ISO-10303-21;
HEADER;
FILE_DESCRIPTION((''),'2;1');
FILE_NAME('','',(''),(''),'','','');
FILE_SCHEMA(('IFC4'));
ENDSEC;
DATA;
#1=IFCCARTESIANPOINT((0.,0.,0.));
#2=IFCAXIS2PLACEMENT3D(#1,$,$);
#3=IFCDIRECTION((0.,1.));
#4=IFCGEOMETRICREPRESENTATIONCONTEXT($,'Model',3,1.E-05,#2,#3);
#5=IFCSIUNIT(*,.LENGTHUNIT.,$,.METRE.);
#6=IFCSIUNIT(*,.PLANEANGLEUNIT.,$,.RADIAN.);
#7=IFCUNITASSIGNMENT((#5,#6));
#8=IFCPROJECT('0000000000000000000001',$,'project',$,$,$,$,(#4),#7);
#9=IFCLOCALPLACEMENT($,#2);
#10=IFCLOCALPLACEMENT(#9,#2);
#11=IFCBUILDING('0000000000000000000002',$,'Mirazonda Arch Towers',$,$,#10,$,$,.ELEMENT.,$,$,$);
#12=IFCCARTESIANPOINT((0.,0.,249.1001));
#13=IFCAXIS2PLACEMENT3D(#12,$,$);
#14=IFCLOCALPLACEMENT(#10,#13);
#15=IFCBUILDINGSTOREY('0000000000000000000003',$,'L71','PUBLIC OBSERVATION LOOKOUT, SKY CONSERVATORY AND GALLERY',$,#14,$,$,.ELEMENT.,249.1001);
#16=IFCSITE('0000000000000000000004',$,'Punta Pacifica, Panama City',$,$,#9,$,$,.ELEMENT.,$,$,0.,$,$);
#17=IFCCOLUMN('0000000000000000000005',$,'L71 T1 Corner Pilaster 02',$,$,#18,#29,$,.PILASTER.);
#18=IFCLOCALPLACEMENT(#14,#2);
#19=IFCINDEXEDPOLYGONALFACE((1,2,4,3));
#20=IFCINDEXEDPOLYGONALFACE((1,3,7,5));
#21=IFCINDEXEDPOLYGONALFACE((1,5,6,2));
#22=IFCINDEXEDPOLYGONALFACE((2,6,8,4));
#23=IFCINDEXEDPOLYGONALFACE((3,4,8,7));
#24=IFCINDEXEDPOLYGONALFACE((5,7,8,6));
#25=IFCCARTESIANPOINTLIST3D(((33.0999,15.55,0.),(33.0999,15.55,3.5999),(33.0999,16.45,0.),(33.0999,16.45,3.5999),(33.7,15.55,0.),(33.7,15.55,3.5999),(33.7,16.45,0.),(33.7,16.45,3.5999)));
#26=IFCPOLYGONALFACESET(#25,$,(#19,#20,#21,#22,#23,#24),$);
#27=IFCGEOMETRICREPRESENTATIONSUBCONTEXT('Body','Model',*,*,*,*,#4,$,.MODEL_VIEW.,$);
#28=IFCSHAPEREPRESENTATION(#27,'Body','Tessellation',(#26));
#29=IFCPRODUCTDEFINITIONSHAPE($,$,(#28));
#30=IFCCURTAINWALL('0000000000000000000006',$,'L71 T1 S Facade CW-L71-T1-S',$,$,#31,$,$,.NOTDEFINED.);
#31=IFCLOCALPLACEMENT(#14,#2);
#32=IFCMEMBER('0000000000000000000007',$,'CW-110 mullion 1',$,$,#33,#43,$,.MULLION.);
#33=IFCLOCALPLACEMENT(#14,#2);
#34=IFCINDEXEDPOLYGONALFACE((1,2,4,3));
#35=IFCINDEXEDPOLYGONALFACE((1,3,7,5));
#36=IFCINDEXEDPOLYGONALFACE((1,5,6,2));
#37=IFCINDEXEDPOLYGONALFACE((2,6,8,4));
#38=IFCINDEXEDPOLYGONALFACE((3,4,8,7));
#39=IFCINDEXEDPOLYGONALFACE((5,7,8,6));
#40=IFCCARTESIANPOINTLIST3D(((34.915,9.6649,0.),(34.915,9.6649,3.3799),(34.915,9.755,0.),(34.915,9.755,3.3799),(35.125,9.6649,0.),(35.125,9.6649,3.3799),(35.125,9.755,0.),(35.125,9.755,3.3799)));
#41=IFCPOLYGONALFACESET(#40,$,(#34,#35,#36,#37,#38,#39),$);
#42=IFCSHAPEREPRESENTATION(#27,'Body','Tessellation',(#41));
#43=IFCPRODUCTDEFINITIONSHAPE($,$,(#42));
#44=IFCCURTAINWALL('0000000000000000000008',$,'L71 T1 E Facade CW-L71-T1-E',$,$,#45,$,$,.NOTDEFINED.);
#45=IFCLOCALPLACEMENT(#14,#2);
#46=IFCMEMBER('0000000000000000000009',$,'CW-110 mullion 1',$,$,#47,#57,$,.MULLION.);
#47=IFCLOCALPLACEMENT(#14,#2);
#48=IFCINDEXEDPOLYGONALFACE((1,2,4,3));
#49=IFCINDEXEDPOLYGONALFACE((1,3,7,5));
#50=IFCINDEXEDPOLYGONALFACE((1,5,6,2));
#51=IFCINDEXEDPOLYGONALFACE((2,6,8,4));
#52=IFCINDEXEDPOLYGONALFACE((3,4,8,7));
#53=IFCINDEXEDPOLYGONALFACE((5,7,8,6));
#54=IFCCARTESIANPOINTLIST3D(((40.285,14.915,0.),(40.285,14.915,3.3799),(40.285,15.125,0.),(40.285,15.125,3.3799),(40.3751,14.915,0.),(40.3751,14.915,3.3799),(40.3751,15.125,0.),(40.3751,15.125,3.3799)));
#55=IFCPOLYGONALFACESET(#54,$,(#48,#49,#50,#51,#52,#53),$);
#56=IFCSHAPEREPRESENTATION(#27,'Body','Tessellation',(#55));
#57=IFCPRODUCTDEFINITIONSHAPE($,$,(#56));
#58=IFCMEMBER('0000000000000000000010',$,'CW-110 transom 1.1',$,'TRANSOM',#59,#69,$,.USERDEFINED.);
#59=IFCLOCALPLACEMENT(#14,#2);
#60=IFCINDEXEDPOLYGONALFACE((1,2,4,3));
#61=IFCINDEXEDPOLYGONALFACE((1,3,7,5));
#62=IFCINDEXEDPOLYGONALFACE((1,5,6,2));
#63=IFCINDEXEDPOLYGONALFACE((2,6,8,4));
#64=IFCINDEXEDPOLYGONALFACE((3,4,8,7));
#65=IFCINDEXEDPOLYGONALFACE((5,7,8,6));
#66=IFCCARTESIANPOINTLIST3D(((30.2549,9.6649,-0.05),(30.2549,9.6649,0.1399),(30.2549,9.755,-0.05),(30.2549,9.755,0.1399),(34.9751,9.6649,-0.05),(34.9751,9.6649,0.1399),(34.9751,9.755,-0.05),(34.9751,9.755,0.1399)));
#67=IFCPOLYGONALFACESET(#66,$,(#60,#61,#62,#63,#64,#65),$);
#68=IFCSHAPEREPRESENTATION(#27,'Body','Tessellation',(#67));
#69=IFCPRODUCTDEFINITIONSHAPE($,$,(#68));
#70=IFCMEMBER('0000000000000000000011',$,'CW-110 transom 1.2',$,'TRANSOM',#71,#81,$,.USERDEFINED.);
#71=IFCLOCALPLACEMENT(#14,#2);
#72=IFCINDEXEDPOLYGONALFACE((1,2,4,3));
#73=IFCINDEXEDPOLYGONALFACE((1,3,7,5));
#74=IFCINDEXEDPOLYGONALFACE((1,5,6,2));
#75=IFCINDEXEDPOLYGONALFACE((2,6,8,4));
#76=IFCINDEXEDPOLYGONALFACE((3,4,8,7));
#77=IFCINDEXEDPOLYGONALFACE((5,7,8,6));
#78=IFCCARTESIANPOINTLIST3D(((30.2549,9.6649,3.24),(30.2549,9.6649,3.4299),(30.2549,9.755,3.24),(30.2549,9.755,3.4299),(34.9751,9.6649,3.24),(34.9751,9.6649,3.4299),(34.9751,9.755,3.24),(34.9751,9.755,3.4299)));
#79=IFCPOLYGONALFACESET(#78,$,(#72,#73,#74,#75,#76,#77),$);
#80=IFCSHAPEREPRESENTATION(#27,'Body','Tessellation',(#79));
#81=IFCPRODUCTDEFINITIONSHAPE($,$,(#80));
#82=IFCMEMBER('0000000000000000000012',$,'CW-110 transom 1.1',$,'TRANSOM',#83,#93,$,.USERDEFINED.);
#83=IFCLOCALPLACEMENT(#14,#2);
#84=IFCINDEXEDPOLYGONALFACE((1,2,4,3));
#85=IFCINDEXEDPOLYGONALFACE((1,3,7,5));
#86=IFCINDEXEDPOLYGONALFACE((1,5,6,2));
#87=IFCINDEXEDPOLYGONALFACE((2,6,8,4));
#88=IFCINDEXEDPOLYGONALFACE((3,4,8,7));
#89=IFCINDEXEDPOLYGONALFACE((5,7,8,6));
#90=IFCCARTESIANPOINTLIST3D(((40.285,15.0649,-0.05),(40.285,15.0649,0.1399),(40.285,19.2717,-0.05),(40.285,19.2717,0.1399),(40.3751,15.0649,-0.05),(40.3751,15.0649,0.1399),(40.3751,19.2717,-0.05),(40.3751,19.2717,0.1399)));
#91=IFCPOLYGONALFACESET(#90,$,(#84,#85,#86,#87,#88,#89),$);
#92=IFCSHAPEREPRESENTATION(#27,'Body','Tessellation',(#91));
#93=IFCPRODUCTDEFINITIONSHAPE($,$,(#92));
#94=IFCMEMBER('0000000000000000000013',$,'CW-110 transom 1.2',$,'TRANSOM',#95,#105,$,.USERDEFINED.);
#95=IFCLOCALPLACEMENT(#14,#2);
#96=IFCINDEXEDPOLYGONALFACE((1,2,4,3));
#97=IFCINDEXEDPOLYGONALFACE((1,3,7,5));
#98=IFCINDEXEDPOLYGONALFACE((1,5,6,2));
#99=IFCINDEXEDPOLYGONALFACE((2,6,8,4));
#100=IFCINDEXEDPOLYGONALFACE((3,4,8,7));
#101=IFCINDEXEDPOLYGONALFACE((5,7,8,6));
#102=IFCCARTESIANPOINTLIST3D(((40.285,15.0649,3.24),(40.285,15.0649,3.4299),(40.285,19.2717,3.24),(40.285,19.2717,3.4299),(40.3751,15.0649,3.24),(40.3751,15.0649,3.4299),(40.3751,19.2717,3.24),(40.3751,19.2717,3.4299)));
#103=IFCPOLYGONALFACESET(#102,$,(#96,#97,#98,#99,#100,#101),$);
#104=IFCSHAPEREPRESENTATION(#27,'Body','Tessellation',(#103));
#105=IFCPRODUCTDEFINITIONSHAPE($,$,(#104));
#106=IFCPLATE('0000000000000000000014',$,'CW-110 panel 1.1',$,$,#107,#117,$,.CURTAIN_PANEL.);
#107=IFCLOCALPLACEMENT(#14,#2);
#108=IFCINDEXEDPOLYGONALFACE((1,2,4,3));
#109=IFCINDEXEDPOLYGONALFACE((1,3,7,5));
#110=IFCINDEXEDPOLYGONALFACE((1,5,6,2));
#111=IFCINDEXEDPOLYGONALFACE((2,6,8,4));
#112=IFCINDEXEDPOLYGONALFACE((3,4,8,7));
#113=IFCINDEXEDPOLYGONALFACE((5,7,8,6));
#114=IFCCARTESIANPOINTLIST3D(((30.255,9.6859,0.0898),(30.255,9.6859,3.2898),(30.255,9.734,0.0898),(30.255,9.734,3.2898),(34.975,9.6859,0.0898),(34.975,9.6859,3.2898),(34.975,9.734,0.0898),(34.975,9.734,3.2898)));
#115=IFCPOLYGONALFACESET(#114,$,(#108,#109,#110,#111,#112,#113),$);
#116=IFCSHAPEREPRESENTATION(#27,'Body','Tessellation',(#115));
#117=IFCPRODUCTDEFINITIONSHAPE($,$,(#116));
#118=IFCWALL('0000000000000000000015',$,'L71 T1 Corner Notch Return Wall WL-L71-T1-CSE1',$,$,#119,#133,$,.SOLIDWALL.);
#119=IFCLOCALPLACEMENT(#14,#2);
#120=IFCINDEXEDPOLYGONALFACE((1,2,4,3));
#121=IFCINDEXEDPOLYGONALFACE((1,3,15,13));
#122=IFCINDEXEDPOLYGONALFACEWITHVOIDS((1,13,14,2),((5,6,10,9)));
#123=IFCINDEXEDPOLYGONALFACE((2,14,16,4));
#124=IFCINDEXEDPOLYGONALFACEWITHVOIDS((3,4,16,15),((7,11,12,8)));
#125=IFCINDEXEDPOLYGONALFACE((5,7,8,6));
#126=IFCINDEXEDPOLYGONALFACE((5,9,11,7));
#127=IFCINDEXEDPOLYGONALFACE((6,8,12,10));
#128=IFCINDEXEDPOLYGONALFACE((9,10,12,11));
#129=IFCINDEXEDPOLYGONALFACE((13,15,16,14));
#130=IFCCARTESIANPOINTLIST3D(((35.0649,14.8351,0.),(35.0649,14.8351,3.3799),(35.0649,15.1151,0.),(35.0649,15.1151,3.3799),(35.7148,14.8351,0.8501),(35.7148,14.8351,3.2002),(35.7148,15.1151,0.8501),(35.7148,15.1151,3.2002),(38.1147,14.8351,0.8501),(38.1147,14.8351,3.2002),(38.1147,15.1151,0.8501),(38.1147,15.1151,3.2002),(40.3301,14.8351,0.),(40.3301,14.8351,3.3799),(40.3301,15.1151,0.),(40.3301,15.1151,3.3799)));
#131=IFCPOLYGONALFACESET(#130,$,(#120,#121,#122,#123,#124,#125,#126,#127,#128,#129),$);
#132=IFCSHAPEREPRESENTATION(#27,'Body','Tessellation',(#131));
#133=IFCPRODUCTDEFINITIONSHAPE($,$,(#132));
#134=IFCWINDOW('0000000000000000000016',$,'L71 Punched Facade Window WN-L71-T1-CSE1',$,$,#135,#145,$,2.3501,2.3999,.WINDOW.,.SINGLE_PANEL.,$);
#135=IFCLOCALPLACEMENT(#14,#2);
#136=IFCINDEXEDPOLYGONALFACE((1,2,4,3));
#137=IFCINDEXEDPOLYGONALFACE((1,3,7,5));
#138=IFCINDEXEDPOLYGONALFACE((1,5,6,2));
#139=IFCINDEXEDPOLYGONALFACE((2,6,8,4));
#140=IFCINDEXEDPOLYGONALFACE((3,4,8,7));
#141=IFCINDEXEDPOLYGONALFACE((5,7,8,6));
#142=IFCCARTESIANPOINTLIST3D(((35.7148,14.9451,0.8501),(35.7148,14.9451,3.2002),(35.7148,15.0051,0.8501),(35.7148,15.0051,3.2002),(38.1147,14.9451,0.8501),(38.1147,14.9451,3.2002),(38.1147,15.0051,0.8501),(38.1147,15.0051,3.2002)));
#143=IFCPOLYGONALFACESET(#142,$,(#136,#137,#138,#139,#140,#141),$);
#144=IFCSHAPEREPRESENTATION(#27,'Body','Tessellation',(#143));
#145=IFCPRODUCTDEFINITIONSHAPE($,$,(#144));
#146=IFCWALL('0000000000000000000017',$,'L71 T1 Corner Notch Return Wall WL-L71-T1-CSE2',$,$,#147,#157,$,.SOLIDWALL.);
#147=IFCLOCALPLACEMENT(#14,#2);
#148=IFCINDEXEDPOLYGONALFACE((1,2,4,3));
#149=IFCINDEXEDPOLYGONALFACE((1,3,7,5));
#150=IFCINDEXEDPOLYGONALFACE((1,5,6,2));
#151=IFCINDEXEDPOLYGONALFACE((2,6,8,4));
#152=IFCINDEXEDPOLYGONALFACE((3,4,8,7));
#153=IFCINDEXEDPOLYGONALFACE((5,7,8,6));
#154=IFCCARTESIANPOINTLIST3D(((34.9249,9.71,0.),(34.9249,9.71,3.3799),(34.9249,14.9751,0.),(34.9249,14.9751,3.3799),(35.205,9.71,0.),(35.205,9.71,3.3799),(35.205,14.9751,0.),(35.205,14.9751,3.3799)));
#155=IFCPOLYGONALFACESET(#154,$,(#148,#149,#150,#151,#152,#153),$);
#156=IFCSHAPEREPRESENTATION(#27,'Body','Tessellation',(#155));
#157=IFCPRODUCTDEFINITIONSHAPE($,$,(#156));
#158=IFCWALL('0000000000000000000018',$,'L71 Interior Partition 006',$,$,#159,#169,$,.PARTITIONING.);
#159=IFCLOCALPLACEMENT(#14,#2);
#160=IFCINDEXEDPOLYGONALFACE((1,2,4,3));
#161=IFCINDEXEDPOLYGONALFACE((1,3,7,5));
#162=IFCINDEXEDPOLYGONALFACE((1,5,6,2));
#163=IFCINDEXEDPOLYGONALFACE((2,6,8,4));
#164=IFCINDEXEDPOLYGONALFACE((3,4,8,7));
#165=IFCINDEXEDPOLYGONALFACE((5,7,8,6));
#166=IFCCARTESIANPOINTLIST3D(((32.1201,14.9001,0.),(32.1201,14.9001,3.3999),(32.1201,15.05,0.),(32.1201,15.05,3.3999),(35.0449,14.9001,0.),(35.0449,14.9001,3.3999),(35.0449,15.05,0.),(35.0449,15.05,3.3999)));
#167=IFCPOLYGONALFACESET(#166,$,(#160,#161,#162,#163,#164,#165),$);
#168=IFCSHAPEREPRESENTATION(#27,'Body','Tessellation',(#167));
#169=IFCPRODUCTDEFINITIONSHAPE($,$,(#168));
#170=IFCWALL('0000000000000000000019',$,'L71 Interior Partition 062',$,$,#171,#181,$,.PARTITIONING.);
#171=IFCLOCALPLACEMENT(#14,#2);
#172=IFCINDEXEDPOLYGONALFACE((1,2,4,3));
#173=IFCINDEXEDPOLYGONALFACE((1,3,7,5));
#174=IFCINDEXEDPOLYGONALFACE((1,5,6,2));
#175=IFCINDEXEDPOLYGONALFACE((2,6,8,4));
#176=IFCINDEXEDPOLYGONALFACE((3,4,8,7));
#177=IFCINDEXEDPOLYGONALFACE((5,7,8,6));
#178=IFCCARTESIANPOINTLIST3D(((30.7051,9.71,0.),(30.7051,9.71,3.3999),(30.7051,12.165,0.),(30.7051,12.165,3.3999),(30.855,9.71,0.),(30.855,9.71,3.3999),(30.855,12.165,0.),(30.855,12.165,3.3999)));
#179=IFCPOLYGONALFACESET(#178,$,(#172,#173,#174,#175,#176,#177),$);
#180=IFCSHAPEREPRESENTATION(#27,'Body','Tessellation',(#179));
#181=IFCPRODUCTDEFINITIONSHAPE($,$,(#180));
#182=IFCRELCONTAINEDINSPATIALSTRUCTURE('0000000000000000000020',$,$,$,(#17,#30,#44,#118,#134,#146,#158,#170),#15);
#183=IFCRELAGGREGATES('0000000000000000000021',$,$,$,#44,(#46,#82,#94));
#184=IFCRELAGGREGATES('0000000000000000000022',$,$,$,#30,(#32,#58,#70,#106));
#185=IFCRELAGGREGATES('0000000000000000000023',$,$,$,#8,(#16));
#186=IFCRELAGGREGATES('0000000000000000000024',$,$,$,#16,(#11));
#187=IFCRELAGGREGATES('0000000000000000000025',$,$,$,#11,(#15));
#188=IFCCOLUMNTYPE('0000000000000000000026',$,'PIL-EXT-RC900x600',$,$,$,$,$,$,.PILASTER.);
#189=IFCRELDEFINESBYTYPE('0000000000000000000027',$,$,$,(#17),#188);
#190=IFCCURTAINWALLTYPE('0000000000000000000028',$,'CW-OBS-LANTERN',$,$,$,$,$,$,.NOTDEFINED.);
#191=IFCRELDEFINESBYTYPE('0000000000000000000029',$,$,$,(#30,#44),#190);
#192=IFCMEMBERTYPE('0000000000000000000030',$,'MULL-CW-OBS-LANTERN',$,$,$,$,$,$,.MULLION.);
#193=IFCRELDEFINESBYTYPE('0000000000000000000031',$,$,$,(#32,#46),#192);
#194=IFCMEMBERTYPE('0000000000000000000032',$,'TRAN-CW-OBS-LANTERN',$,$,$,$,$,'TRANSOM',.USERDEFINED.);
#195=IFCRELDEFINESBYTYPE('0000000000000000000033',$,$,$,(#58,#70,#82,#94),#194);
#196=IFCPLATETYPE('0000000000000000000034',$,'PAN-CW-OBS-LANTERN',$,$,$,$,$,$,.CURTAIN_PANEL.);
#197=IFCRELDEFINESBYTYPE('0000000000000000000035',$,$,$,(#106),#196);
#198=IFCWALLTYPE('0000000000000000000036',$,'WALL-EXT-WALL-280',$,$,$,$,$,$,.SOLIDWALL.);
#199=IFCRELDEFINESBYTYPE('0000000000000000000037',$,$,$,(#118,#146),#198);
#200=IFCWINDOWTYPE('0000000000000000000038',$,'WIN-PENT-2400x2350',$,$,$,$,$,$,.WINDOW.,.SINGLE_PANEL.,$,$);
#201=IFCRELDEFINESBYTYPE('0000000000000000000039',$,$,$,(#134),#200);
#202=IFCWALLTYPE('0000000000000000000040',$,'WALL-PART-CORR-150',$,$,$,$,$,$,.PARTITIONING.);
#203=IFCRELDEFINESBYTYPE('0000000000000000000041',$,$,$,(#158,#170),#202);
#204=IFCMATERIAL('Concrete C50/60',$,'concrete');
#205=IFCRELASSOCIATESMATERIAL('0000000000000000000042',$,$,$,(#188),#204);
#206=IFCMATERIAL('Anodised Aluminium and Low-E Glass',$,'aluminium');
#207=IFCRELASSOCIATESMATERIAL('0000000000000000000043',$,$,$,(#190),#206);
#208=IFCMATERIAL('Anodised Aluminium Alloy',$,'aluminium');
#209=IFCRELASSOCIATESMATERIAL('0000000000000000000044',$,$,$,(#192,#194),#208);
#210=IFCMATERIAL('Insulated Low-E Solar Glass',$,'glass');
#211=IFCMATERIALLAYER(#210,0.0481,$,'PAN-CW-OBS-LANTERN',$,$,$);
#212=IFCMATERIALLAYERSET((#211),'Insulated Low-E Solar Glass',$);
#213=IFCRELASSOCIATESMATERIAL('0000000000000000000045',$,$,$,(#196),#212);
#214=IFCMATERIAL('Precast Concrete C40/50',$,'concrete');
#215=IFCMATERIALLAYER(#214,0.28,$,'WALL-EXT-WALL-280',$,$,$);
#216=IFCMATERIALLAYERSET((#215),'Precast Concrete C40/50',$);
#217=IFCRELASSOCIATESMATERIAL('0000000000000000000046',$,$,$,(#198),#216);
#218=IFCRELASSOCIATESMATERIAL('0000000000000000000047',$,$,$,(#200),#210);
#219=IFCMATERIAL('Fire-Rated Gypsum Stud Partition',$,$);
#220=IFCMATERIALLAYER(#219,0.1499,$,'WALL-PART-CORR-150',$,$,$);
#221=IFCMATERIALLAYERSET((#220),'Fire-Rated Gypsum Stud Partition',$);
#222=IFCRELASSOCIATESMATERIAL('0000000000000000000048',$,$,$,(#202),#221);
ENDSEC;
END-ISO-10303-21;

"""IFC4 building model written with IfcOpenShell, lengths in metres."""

from ifc_helpers import new_model, si_unit, direction, frame, frame_2d, origin, origin_2d, place, context, subcontext, project, spatial, rectangle, extrude, material, layer, layer_set, material_profile, profile_set, type_object, element, fill, aggregate, save


model = new_model("IFC4")

# Units and contexts
model_context = context("Model", 3, precision=1e-05, world=origin(), true_north=direction((0.0, 1.0)))
body_context = subcontext(model_context, "Body", "Model", "MODEL_VIEW")
ifc_project = project(units=[si_unit("LENGTHUNIT", "METRE"), si_unit("PLANEANGLEUNIT", "RADIAN")], contexts=[model_context])

# Site, building, storey
site_placement = place(None, origin())
site = spatial("IfcSite", under=ifc_project, at=site_placement, Name="Punta Pacifica, Panama City", CompositionType="ELEMENT", RefElevation=0.0)
building_placement = place(site_placement, origin())
building = spatial("IfcBuilding", under=site, at=building_placement, Name="Mirazonda Arch Towers", CompositionType="ELEMENT")
storey_placement = place(building_placement, frame((0.0, 0.0, 249.1001)))
storey = spatial("IfcBuildingStorey", under=building, at=storey_placement, Name="L71", Description="PUBLIC OBSERVATION LOOKOUT, SKY CONSERVATORY AND GALLERY", CompositionType="ELEMENT", Elevation=249.1001)

# Column
ifc_material_1 = material(Name="Concrete C50/60", Category="concrete")
ifc_material_profile_1 = material_profile(ifc_material_1, rectangle(XDim=0.6001, YDim=0.8999, at=origin_2d()), Name="RC900x600")
ifc_profile_set_1 = profile_set([ifc_material_profile_1], Name="Concrete C50/60")
column_type = type_object("IfcColumnType", Name="PIL-EXT-RC900x600", PredefinedType="PILASTER", material=ifc_profile_set_1)
column_placement = place(storey_placement, frame((33.3999, 16.0, 0.0), z_axis=(0.0, 0.0, 1.0), x_axis=(1.0, 0.0, 0.0)))
element("IfcColumn", 1, at=column_placement, inside=storey, type_object=column_type, Name="L71 T1 Corner Pilaster 02", PredefinedType="PILASTER", context=body_context, shape_type="SweptSolid", body=[
    extrude(rectangle(XDim=0.6001, YDim=0.8999, at=origin_2d()), origin(), (0.0, 0.0, 1.0), 3.5999),
])

# Curtain walls, members
ifc_material_2 = material(Name="Anodised Aluminium and Low-E Glass", Category="aluminium")
curtain_wall_type = type_object("IfcCurtainWallType", Name="CW-OBS-LANTERN", PredefinedType="NOTDEFINED", material=ifc_material_2)
curtain_wall_1_placement = place(storey_placement, origin())
curtain_wall_1 = element("IfcCurtainWall", 2, at=curtain_wall_1_placement, inside=storey, type_object=curtain_wall_type, Name="L71 T1 S Facade CW-L71-T1-S", PredefinedType="NOTDEFINED")
ifc_material_3 = material(Name="Anodised Aluminium Alloy", Category="aluminium")
ifc_material_profile_2 = material_profile(ifc_material_3, rectangle(XDim=0.0901, YDim=0.21, at=origin_2d()), Name="ALU-MULL-90x210")
ifc_profile_set_2 = profile_set([ifc_material_profile_2], Name="Anodised Aluminium Alloy")
member_type_1 = type_object("IfcMemberType", Name="MULL-CW-OBS-LANTERN", PredefinedType="MULLION", material=ifc_profile_set_2)
member_1_placement = place(storey_placement, frame((35.02, 9.71, 0.0), z_axis=(0.0, 0.0, 1.0), x_axis=(0.0, -1.0, 0.0)))
member_1 = element("IfcMember", 3, at=member_1_placement, type_object=member_type_1, Name="CW-110 mullion 1", PredefinedType="MULLION", context=body_context, shape_type="SweptSolid", body=[
    extrude(rectangle(XDim=0.0901, YDim=0.21, at=origin_2d()), origin(), (0.0, 0.0, 1.0), 3.3799),
])
curtain_wall_2_placement = place(storey_placement, origin())
curtain_wall_2 = element("IfcCurtainWall", 4, at=curtain_wall_2_placement, inside=storey, type_object=curtain_wall_type, Name="L71 T1 E Facade CW-L71-T1-E", PredefinedType="NOTDEFINED")
member_2_placement = place(storey_placement, frame((40.3301, 15.02, 0.0), z_axis=(0.0, 0.0, 1.0), x_axis=(-1.0, 0.0, 0.0)))
member_2 = element("IfcMember", 5, at=member_2_placement, type_object=member_type_1, Name="CW-110 mullion 1", PredefinedType="MULLION", context=body_context, shape_type="SweptSolid", body=[
    extrude(rectangle(XDim=0.0901, YDim=0.21, at=origin_2d()), origin(), (0.0, 0.0, 1.0), 3.3799),
])

# Members
ifc_material_profile_3 = material_profile(ifc_material_3, rectangle(XDim=0.0901, YDim=0.1899, at=origin_2d()), Name="ALU-TRAN-90x190")
ifc_profile_set_3 = profile_set([ifc_material_profile_3], Name="Anodised Aluminium Alloy")
member_type_2 = type_object("IfcMemberType", Name="TRAN-CW-OBS-LANTERN", ElementType="TRANSOM", PredefinedType="USERDEFINED", material=ifc_profile_set_3)
member_3_placement = place(storey_placement, frame((34.9751, 9.71, 0.0449), z_axis=(-1.0, 0.0, 0.0), x_axis=(0.0, -1.0, 0.0)))
member_3 = element("IfcMember", 6, at=member_3_placement, type_object=member_type_2, Name="CW-110 transom 1.1", ObjectType="TRANSOM", PredefinedType="USERDEFINED", context=body_context, shape_type="SweptSolid", body=[
    extrude(rectangle(XDim=0.0901, YDim=0.1899, at=origin_2d()), origin(), (0.0, 0.0, 1.0), 4.7202),
])
member_4_placement = place(storey_placement, frame((34.9751, 9.71, 3.335), z_axis=(-1.0, 0.0, 0.0), x_axis=(0.0, -1.0, 0.0)))
member_4 = element("IfcMember", 7, at=member_4_placement, type_object=member_type_2, Name="CW-110 transom 1.2", ObjectType="TRANSOM", PredefinedType="USERDEFINED", context=body_context, shape_type="SweptSolid", body=[
    extrude(rectangle(XDim=0.0901, YDim=0.1899, at=origin_2d()), origin(), (0.0, 0.0, 1.0), 4.7202),
])
member_5_placement = place(storey_placement, frame((40.3301, 15.0649, 0.0449), z_axis=(0.0, 1.0, 0.0), x_axis=(-1.0, 0.0, 0.0)))
member_5 = element("IfcMember", 8, at=member_5_placement, type_object=member_type_2, Name="CW-110 transom 1.1", ObjectType="TRANSOM", PredefinedType="USERDEFINED", context=body_context, shape_type="SweptSolid", body=[
    extrude(rectangle(XDim=0.0901, YDim=0.1899, at=origin_2d()), origin(), (0.0, 0.0, 1.0), 4.2068),
])
member_6_placement = place(storey_placement, frame((40.3301, 15.0649, 3.335), z_axis=(0.0, 1.0, 0.0), x_axis=(-1.0, 0.0, 0.0)))
member_6 = element("IfcMember", 9, at=member_6_placement, type_object=member_type_2, Name="CW-110 transom 1.2", ObjectType="TRANSOM", PredefinedType="USERDEFINED", context=body_context, shape_type="SweptSolid", body=[
    extrude(rectangle(XDim=0.0901, YDim=0.1899, at=origin_2d()), origin(), (0.0, 0.0, 1.0), 4.2068),
])
aggregate(curtain_wall_2, [member_2, member_5, member_6])

# Plate
ifc_material_4 = material(Name="Insulated Low-E Solar Glass", Category="glass")
ifc_layer_1 = layer(ifc_material_4, 0.0481, Name="PAN-CW-OBS-LANTERN")
ifc_layer_set_1 = layer_set([ifc_layer_1], Name="Insulated Low-E Solar Glass")
plate_type = type_object("IfcPlateType", Name="PAN-CW-OBS-LANTERN", PredefinedType="CURTAIN_PANEL", material=ifc_layer_set_1)
plate_placement = place(storey_placement, frame((32.615, 9.71, 0.0898), z_axis=(0.0, 0.0, 1.0), x_axis=(-1.0, 0.0, 0.0)))
plate = element("IfcPlate", 10, at=plate_placement, type_object=plate_type, Name="CW-110 panel 1.1", PredefinedType="CURTAIN_PANEL", context=body_context, shape_type="SweptSolid", body=[
    extrude(rectangle(XDim=4.72, YDim=0.0481, at=origin_2d()), origin(), (0.0, 0.0, 1.0), 3.2),
])
aggregate(curtain_wall_1, [member_1, member_3, member_4, plate])

# Wall, opening, window
ifc_material_5 = material(Name="Precast Concrete C40/50", Category="concrete")
ifc_layer_2 = layer(ifc_material_5, 0.28, Name="WALL-EXT-WALL-280")
ifc_layer_set_2 = layer_set([ifc_layer_2], Name="Precast Concrete C40/50")
wall_type_1 = type_object("IfcWallType", Name="WALL-EXT-WALL-280", PredefinedType="SOLIDWALL", material=ifc_layer_set_2)
wall_1_placement = place(storey_placement, frame((35.0649, 14.9751, 0.0), z_axis=(0.0, 0.0, 1.0), x_axis=(1.0, 0.0, 0.0)))
wall_1 = element("IfcWall", 11, at=wall_1_placement, inside=storey, type_object=wall_type_1, Name="L71 T1 Corner Notch Return Wall WL-L71-T1-CSE1", PredefinedType="SOLIDWALL", context=body_context, shape_type="SweptSolid", body=[
    extrude(rectangle(XDim=5.2651, YDim=0.28, at=frame_2d((2.6326, 0.0))), origin(), (0.0, 0.0, 1.0), 3.3799),
])
opening_1_placement = place(wall_1_placement, frame((0.6499, 0.0, 0.8501)))
opening_1 = element("IfcOpeningElement", 12, at=opening_1_placement, cuts=wall_1, PredefinedType="OPENING", context=body_context, shape_type="SweptSolid", body=[
    extrude(rectangle(XDim=2.3999, YDim=2.3501, at=frame_2d((1.2, 1.175))), frame((0.0, 0.1499, 0.0), z_axis=(0.0, -1.0, 0.0), x_axis=(1.0, 0.0, 0.0)), (0.0, 0.0, 1.0), 0.3),
])
window_type = type_object("IfcWindowType", Name="WIN-PENT-2400x2350", PartitioningType="SINGLE_PANEL", PredefinedType="WINDOW", material=ifc_material_4)
window_placement = place(opening_1_placement, origin())
window = element("IfcWindow", 13, at=window_placement, inside=storey, type_object=window_type, Name="L71 Punched Facade Window WN-L71-T1-CSE1", OverallHeight=2.3501, OverallWidth=2.3999, PartitioningType="SINGLE_PANEL", PredefinedType="WINDOW", context=body_context, shape_type="SweptSolid", body=[
    extrude(rectangle(XDim=2.3999, YDim=2.3501, at=frame_2d((1.2, 1.175))), frame((0.0, 0.03, 0.0), z_axis=(0.0, -1.0, 0.0), x_axis=(1.0, 0.0, 0.0)), (0.0, 0.0, 1.0), 0.0601),
])
fill(opening_1, window)

# Walls
wall_2_placement = place(storey_placement, frame((35.0649, 9.71, 0.0), z_axis=(0.0, 0.0, 1.0), x_axis=(0.0, 1.0, 0.0)))
element("IfcWall", 14, at=wall_2_placement, inside=storey, type_object=wall_type_1, Name="L71 T1 Corner Notch Return Wall WL-L71-T1-CSE2", PredefinedType="SOLIDWALL", context=body_context, shape_type="SweptSolid", body=[
    extrude(rectangle(XDim=5.2651, YDim=0.28, at=frame_2d((2.6326, 0.0))), origin(), (0.0, 0.0, 1.0), 3.3799),
])
ifc_material_6 = material(Name="Fire-Rated Gypsum Stud Partition")
ifc_layer_3 = layer(ifc_material_6, 0.1499, Name="WALL-PART-CORR-150")
ifc_layer_set_3 = layer_set([ifc_layer_3], Name="Fire-Rated Gypsum Stud Partition")
wall_type_2 = type_object("IfcWallType", Name="WALL-PART-CORR-150", PredefinedType="PARTITIONING", material=ifc_layer_set_3)
wall_3_placement = place(storey_placement, frame((32.1201, 14.9751, 0.0), z_axis=(0.0, 0.0, 1.0), x_axis=(1.0, 0.0, 0.0)))
element("IfcWall", 15, at=wall_3_placement, inside=storey, type_object=wall_type_2, Name="L71 Interior Partition 006", PredefinedType="PARTITIONING", context=body_context, shape_type="SweptSolid", body=[
    extrude(rectangle(XDim=2.9248, YDim=0.1499, at=frame_2d((1.4624, 0.0))), origin(), (0.0, 0.0, 1.0), 3.3999),
])
wall_4_placement = place(storey_placement, frame((30.78, 9.71, 0.0), z_axis=(0.0, 0.0, 1.0), x_axis=(0.0, 1.0, 0.0)))
element("IfcWall", 16, at=wall_4_placement, inside=storey, type_object=wall_type_2, Name="L71 Interior Partition 062", PredefinedType="PARTITIONING", context=body_context, shape_type="SweptSolid", body=[
    extrude(rectangle(XDim=2.4551, YDim=0.1499, at=frame_2d((1.2275, 0.0))), origin(), (0.0, 0.0, 1.0), 3.3999),
])

save(model, "model.ifc")
